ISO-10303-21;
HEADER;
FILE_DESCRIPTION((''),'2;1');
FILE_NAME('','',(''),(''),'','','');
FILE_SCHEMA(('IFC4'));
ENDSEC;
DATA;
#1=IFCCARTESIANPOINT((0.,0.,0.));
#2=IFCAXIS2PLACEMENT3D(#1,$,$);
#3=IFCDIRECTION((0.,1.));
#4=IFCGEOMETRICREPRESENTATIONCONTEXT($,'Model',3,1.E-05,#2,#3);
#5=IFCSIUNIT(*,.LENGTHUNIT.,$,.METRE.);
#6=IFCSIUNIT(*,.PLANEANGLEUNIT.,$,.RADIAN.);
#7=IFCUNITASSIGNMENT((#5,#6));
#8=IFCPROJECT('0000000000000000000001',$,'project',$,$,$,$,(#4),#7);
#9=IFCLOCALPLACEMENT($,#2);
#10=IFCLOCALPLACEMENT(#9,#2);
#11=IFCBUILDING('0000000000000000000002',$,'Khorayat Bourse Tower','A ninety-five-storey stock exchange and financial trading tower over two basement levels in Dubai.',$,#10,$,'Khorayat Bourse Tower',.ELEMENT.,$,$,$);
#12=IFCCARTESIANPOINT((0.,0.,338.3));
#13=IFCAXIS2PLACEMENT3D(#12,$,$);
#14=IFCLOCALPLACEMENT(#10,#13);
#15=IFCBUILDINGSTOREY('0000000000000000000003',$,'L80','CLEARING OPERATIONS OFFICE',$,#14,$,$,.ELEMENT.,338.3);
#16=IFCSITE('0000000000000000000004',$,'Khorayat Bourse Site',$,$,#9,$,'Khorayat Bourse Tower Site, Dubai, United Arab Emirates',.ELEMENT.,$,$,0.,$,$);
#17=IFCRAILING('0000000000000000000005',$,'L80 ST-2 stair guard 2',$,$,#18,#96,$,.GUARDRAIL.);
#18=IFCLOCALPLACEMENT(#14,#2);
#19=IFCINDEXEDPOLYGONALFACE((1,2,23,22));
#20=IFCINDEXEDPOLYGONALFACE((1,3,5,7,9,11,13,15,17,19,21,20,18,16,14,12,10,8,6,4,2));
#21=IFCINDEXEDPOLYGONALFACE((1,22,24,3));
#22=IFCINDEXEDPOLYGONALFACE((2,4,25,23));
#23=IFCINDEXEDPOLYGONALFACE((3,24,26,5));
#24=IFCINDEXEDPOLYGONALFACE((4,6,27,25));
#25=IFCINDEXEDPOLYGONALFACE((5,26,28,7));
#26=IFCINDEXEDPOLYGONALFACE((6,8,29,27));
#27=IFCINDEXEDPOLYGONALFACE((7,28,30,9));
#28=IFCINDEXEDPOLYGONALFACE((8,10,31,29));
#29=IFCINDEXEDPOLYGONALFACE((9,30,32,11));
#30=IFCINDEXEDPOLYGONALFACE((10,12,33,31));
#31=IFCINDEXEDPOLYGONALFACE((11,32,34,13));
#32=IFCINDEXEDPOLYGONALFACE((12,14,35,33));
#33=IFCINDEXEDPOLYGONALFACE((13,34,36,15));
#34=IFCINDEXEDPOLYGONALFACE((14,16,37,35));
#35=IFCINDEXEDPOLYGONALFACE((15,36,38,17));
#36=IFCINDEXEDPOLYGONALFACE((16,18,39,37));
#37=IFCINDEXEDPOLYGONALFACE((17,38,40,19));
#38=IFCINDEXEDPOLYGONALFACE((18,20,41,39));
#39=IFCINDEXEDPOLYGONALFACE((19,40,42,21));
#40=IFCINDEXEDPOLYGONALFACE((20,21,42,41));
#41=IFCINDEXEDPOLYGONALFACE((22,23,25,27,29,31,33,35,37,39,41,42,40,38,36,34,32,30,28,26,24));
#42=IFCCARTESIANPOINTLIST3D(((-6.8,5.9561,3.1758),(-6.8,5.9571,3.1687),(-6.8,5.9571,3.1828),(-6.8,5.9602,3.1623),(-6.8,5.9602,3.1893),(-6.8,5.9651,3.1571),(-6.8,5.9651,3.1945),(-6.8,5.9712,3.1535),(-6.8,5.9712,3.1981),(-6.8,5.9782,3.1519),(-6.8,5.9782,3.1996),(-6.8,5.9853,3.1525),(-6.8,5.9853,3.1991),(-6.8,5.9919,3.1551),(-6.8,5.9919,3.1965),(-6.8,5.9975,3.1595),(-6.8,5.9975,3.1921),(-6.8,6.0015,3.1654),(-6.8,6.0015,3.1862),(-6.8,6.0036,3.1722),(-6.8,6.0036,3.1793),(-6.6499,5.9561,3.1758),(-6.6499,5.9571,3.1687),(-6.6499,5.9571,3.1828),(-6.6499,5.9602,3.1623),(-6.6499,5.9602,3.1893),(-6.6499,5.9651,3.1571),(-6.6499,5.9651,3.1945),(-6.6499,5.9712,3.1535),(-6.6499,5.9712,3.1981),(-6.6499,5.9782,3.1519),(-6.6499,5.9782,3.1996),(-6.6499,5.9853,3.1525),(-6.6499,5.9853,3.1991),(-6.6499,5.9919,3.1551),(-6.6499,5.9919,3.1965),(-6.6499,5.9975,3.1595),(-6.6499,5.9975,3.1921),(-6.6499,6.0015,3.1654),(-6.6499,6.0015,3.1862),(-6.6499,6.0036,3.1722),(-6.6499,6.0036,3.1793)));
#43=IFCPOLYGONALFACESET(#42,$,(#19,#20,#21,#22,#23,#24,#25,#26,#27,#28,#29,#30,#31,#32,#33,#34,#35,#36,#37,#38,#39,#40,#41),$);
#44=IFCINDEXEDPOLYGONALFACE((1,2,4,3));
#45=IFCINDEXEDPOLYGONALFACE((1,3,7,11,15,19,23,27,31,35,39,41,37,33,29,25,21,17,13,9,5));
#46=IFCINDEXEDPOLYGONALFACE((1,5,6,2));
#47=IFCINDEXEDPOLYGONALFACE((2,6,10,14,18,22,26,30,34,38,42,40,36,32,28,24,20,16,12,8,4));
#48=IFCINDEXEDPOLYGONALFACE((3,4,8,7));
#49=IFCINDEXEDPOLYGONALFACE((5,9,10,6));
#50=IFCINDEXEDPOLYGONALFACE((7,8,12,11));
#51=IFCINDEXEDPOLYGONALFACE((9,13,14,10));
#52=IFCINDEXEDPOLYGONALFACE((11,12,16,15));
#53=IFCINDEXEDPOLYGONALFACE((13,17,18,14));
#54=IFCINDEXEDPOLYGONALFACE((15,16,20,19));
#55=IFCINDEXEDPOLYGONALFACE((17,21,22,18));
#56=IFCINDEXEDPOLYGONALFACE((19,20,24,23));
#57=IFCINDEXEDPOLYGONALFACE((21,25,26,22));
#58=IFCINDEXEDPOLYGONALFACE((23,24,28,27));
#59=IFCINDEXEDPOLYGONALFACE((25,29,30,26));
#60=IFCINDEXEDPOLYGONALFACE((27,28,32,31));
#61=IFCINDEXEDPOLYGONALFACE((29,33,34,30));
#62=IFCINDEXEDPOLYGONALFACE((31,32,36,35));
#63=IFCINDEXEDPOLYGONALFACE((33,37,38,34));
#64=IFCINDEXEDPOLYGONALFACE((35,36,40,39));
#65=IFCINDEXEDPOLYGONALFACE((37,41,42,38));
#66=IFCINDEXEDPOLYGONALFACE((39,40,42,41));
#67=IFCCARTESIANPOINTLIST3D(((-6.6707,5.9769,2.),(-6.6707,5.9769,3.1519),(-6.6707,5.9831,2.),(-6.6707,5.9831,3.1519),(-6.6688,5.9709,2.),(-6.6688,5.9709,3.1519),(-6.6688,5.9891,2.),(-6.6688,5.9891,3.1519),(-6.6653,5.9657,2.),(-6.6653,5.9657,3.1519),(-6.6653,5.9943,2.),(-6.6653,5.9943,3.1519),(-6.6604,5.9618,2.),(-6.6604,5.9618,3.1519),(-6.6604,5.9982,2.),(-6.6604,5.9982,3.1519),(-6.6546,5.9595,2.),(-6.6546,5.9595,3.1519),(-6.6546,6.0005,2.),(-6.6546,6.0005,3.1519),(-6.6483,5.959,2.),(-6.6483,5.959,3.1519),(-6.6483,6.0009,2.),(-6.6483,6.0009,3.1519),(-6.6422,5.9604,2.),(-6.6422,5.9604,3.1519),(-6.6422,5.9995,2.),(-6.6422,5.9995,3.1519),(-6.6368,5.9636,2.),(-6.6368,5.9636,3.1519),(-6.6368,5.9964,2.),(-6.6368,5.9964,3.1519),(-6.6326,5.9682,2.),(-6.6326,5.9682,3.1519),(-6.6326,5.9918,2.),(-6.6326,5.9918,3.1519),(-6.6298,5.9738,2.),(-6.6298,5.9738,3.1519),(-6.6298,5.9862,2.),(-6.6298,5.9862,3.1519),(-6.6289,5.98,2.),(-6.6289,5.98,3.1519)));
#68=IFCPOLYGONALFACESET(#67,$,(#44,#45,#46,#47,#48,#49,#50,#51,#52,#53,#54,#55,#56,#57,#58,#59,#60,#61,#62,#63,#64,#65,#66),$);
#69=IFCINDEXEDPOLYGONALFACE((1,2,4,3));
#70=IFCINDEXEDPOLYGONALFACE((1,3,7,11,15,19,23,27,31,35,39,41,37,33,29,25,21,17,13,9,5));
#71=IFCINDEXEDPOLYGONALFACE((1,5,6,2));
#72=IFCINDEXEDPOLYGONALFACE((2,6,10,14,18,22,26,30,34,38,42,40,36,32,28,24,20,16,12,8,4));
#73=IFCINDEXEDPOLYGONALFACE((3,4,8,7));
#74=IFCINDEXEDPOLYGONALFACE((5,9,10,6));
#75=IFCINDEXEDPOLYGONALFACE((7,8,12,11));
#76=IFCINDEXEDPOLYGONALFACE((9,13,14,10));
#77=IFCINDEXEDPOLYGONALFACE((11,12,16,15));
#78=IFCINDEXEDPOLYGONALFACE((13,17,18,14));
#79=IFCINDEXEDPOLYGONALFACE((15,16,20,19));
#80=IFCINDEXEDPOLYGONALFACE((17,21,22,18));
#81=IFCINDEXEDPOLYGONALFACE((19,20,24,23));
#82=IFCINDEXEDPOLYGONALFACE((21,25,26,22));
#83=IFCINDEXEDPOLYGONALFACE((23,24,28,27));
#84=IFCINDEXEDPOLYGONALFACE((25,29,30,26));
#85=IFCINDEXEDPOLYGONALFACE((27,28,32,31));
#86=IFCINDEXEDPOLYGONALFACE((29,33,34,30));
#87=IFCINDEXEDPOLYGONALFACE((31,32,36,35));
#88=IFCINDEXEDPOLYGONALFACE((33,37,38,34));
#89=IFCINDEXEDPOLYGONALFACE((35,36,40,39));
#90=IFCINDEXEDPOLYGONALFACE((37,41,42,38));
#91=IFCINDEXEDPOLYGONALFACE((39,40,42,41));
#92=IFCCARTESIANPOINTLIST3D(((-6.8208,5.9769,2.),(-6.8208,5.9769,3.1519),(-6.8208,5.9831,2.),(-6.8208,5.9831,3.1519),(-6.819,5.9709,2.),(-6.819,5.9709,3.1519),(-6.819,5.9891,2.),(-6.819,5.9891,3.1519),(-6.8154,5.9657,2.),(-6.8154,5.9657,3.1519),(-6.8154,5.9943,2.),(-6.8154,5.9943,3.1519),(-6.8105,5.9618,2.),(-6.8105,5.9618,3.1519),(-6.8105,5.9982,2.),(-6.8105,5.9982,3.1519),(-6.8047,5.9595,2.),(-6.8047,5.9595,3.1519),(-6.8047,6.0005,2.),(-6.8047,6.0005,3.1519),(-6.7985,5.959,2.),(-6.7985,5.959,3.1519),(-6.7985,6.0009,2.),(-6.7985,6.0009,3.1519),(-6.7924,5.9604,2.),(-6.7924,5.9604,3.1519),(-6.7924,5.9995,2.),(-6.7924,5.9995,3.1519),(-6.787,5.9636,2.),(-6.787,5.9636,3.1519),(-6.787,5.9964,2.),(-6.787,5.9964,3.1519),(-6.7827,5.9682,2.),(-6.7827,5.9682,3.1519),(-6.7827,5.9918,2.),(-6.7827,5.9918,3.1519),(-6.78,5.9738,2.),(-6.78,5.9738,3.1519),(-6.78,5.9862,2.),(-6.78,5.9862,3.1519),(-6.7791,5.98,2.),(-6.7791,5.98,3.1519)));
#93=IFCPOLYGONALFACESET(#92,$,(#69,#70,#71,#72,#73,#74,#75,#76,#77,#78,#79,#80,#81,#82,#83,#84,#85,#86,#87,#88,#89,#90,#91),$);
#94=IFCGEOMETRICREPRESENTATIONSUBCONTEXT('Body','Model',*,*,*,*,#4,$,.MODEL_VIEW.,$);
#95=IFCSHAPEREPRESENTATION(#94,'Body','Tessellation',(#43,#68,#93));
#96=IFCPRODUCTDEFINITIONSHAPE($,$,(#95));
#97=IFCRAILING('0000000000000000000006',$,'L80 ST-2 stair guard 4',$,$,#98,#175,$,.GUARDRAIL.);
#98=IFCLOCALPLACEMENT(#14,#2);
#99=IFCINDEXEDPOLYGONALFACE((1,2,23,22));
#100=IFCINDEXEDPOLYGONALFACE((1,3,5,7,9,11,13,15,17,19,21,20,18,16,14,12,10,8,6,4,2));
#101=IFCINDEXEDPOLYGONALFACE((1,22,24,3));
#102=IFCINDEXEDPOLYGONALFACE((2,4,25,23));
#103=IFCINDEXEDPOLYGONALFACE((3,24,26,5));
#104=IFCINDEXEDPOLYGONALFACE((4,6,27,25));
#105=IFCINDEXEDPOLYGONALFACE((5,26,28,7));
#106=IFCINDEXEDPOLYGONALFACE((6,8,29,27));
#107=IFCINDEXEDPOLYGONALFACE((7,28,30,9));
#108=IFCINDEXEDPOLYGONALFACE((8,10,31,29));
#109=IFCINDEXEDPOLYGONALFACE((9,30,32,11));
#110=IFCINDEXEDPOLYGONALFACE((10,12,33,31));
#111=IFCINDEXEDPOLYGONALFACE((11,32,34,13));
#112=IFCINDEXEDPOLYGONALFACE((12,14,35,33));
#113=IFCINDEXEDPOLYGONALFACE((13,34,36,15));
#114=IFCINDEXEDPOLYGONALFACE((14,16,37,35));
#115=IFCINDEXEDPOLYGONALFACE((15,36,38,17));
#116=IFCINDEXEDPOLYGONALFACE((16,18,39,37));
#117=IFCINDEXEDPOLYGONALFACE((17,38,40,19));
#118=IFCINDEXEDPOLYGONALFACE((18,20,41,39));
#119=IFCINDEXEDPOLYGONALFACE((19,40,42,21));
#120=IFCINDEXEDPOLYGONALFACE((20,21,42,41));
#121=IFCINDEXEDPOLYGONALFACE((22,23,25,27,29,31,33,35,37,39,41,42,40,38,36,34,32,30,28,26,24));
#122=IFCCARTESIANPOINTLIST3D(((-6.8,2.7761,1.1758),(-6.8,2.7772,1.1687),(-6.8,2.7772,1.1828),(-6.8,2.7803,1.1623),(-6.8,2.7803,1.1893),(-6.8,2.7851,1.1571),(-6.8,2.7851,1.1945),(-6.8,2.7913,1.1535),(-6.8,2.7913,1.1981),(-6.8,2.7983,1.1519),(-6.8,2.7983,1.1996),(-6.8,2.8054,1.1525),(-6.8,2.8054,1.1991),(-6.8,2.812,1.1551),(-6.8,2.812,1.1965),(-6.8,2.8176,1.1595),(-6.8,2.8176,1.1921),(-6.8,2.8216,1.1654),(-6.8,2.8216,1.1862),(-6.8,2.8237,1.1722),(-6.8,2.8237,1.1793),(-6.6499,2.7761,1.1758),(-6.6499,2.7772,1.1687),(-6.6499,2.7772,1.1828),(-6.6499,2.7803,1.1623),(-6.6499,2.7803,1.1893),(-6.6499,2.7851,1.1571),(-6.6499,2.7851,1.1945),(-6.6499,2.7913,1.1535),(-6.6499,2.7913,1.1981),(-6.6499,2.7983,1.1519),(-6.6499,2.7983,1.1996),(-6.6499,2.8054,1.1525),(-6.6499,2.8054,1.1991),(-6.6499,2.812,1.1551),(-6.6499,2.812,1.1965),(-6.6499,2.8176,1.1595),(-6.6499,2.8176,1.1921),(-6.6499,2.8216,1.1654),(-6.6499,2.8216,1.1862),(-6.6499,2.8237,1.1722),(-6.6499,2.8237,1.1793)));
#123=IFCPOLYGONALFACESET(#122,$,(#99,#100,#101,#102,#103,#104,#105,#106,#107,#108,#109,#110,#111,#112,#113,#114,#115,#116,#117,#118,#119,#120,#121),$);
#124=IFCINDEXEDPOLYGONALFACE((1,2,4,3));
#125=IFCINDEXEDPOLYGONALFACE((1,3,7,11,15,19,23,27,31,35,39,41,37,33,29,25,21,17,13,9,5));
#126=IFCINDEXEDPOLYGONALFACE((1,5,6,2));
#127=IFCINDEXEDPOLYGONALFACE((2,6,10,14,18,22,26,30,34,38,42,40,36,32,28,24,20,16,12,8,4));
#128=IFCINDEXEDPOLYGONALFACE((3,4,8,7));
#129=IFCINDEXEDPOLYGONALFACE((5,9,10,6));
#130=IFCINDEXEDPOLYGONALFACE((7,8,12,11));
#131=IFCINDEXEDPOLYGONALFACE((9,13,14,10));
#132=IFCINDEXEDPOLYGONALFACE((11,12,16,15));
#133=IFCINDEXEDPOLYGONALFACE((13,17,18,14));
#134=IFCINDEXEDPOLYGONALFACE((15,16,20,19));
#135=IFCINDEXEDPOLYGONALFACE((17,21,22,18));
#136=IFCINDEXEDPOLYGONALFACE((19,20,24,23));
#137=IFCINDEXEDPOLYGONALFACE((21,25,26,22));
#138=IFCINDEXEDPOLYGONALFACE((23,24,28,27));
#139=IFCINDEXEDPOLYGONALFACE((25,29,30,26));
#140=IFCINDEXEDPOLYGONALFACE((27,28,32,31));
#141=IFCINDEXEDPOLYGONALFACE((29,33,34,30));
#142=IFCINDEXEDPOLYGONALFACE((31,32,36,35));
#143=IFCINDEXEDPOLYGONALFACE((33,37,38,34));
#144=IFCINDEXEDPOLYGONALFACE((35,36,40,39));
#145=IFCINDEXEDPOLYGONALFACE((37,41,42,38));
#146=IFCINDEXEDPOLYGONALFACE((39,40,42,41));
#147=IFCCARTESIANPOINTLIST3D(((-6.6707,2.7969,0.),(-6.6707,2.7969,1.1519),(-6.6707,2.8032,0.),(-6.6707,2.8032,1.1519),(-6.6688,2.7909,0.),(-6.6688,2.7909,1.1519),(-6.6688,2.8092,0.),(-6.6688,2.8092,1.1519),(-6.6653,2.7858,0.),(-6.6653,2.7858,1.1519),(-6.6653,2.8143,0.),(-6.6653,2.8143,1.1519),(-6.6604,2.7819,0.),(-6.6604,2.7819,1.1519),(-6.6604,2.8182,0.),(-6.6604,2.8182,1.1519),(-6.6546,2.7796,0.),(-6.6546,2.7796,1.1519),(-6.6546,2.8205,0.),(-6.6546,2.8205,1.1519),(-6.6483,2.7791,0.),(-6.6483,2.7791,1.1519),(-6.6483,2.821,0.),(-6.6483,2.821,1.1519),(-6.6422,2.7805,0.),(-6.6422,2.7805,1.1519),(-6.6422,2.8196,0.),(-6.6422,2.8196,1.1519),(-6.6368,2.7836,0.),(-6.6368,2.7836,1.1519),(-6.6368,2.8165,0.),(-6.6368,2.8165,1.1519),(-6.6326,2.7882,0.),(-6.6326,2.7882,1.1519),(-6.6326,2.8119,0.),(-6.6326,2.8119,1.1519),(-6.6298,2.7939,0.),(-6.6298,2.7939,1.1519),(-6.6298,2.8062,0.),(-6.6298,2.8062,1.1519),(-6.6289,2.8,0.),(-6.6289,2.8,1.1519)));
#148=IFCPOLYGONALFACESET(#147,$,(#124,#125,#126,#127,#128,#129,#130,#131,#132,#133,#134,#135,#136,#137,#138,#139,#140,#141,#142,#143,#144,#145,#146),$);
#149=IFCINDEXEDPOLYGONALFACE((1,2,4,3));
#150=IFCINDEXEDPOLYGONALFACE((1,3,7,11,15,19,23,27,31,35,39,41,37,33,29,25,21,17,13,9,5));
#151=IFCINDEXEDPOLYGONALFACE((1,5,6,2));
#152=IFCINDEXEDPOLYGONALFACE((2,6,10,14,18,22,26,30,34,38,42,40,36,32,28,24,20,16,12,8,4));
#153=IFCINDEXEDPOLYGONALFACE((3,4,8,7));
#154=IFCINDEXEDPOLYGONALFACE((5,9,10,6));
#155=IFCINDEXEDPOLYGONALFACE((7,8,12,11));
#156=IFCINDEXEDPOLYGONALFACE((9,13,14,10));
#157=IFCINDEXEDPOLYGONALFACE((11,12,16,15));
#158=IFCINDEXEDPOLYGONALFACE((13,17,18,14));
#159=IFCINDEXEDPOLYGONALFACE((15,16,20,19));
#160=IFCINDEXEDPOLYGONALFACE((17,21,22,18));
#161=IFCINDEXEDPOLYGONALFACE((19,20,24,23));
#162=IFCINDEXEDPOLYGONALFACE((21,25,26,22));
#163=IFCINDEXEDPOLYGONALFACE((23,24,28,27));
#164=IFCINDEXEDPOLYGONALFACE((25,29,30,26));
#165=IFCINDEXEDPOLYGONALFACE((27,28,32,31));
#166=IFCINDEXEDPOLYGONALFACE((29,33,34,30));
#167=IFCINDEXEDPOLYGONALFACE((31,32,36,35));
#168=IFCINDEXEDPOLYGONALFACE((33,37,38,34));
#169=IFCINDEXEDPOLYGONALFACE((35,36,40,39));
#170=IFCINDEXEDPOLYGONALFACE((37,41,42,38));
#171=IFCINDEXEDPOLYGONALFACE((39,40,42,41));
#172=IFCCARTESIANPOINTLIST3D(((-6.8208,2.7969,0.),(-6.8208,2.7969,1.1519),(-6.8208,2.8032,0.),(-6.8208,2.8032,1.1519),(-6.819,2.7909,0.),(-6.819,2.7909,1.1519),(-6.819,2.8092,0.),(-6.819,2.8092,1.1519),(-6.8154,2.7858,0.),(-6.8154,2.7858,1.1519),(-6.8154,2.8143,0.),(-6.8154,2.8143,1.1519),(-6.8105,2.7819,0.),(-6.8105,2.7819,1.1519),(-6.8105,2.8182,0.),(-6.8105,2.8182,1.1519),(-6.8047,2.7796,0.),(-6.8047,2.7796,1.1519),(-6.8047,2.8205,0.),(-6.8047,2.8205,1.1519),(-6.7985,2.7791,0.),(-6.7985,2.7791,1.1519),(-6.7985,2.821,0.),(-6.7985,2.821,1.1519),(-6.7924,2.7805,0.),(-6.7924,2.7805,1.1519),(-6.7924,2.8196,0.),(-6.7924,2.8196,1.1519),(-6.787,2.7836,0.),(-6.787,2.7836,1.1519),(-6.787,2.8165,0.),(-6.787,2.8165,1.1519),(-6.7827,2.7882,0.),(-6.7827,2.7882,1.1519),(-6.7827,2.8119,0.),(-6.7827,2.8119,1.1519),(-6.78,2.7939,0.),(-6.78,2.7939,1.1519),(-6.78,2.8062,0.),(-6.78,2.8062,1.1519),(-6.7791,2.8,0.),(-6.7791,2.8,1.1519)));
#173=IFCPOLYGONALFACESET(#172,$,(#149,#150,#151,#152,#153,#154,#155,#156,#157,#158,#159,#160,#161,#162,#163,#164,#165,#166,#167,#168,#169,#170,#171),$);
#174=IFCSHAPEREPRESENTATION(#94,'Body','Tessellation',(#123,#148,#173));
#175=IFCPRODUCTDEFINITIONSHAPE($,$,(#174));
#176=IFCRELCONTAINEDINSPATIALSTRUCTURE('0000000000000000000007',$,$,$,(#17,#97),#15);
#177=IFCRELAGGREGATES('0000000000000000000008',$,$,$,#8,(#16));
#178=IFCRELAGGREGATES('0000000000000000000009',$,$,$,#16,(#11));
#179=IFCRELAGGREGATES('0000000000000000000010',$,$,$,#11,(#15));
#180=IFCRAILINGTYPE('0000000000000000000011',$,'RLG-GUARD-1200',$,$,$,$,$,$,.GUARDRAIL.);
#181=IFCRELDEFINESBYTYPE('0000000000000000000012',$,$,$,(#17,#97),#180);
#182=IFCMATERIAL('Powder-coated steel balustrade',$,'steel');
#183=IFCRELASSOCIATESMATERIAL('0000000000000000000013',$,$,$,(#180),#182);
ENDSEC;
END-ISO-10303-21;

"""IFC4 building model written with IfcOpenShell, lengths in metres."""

from ifc_helpers import new_model, si_unit, direction, frame, origin, origin_2d, place, context, subcontext, project, spatial, circle, extrude, source, transform, mapped, material, type_object, element, save


model = new_model("IFC4")

# Units and contexts
model_context = context("Model", 3, precision=1e-05, world=origin(), true_north=direction((0.0, 1.0)))
body_context = subcontext(model_context, "Body", "Model", "MODEL_VIEW")
ifc_project = project(units=[si_unit("LENGTHUNIT", "METRE"), si_unit("PLANEANGLEUNIT", "RADIAN")], contexts=[model_context])

# Site, building, storey
site_placement = place(None, origin())
site = spatial("IfcSite", under=ifc_project, at=site_placement, Name="Khorayat Bourse Site", LongName="Khorayat Bourse Tower Site, Dubai, United Arab Emirates", CompositionType="ELEMENT", RefElevation=0.0)
building_placement = place(site_placement, origin())
building = spatial("IfcBuilding", under=site, at=building_placement, Name="Khorayat Bourse Tower", Description="A ninety-five-storey stock exchange and financial trading tower over two basement levels in Dubai.", LongName="Khorayat Bourse Tower", CompositionType="ELEMENT")
storey_placement = place(building_placement, frame((0.0, 0.0, 338.3)))
storey = spatial("IfcBuildingStorey", under=building, at=storey_placement, Name="L80", Description="CLEARING OPERATIONS OFFICE", CompositionType="ELEMENT", Elevation=338.3)

# Railings
ifc_material_1 = material(Name="Powder-coated steel balustrade", Category="steel")
railing_type_1 = type_object("IfcRailingType", Name="RLG-GUARD-1200", PredefinedType="GUARDRAIL", material=ifc_material_1)
shared_shape_1 = source(origin(), body_context, "Body", "SweptSolid", [
    extrude(circle(Radius=0.0239, at=origin_2d()), frame((0.0, 0.0, 1.1758), z_axis=(-1.0, 0.0, 0.0), x_axis=(0.0, -1.0, 0.0)), (0.0, 0.0, 1.0), 0.1501),
    extrude(circle(Radius=0.021, at=origin_2d()), origin(), (0.0, 0.0, 1.0), 1.1519),
    extrude(circle(Radius=0.021, at=origin_2d()), frame((-0.1501, 0.0, 0.0)), (0.0, 0.0, 1.0), 1.1519),
])
for number, where, name in (
    (1, (-6.6499, 5.98, 2.0), "L80 ST-2 stair guard 2"),
    (2, (-6.6499, 2.8, 0.0), "L80 ST-2 stair guard 4"),
):
    element("IfcRailing", number, at=place(storey_placement, frame(where)), inside=storey, type_object=railing_type_1, Name=name, PredefinedType="GUARDRAIL", context=body_context, shape_type="MappedRepresentation", body=[
        mapped(shared_shape_1, transform((0.0, 0.0, 0.0), scale=1.0)),
    ])

save(model, "model.ifc")
